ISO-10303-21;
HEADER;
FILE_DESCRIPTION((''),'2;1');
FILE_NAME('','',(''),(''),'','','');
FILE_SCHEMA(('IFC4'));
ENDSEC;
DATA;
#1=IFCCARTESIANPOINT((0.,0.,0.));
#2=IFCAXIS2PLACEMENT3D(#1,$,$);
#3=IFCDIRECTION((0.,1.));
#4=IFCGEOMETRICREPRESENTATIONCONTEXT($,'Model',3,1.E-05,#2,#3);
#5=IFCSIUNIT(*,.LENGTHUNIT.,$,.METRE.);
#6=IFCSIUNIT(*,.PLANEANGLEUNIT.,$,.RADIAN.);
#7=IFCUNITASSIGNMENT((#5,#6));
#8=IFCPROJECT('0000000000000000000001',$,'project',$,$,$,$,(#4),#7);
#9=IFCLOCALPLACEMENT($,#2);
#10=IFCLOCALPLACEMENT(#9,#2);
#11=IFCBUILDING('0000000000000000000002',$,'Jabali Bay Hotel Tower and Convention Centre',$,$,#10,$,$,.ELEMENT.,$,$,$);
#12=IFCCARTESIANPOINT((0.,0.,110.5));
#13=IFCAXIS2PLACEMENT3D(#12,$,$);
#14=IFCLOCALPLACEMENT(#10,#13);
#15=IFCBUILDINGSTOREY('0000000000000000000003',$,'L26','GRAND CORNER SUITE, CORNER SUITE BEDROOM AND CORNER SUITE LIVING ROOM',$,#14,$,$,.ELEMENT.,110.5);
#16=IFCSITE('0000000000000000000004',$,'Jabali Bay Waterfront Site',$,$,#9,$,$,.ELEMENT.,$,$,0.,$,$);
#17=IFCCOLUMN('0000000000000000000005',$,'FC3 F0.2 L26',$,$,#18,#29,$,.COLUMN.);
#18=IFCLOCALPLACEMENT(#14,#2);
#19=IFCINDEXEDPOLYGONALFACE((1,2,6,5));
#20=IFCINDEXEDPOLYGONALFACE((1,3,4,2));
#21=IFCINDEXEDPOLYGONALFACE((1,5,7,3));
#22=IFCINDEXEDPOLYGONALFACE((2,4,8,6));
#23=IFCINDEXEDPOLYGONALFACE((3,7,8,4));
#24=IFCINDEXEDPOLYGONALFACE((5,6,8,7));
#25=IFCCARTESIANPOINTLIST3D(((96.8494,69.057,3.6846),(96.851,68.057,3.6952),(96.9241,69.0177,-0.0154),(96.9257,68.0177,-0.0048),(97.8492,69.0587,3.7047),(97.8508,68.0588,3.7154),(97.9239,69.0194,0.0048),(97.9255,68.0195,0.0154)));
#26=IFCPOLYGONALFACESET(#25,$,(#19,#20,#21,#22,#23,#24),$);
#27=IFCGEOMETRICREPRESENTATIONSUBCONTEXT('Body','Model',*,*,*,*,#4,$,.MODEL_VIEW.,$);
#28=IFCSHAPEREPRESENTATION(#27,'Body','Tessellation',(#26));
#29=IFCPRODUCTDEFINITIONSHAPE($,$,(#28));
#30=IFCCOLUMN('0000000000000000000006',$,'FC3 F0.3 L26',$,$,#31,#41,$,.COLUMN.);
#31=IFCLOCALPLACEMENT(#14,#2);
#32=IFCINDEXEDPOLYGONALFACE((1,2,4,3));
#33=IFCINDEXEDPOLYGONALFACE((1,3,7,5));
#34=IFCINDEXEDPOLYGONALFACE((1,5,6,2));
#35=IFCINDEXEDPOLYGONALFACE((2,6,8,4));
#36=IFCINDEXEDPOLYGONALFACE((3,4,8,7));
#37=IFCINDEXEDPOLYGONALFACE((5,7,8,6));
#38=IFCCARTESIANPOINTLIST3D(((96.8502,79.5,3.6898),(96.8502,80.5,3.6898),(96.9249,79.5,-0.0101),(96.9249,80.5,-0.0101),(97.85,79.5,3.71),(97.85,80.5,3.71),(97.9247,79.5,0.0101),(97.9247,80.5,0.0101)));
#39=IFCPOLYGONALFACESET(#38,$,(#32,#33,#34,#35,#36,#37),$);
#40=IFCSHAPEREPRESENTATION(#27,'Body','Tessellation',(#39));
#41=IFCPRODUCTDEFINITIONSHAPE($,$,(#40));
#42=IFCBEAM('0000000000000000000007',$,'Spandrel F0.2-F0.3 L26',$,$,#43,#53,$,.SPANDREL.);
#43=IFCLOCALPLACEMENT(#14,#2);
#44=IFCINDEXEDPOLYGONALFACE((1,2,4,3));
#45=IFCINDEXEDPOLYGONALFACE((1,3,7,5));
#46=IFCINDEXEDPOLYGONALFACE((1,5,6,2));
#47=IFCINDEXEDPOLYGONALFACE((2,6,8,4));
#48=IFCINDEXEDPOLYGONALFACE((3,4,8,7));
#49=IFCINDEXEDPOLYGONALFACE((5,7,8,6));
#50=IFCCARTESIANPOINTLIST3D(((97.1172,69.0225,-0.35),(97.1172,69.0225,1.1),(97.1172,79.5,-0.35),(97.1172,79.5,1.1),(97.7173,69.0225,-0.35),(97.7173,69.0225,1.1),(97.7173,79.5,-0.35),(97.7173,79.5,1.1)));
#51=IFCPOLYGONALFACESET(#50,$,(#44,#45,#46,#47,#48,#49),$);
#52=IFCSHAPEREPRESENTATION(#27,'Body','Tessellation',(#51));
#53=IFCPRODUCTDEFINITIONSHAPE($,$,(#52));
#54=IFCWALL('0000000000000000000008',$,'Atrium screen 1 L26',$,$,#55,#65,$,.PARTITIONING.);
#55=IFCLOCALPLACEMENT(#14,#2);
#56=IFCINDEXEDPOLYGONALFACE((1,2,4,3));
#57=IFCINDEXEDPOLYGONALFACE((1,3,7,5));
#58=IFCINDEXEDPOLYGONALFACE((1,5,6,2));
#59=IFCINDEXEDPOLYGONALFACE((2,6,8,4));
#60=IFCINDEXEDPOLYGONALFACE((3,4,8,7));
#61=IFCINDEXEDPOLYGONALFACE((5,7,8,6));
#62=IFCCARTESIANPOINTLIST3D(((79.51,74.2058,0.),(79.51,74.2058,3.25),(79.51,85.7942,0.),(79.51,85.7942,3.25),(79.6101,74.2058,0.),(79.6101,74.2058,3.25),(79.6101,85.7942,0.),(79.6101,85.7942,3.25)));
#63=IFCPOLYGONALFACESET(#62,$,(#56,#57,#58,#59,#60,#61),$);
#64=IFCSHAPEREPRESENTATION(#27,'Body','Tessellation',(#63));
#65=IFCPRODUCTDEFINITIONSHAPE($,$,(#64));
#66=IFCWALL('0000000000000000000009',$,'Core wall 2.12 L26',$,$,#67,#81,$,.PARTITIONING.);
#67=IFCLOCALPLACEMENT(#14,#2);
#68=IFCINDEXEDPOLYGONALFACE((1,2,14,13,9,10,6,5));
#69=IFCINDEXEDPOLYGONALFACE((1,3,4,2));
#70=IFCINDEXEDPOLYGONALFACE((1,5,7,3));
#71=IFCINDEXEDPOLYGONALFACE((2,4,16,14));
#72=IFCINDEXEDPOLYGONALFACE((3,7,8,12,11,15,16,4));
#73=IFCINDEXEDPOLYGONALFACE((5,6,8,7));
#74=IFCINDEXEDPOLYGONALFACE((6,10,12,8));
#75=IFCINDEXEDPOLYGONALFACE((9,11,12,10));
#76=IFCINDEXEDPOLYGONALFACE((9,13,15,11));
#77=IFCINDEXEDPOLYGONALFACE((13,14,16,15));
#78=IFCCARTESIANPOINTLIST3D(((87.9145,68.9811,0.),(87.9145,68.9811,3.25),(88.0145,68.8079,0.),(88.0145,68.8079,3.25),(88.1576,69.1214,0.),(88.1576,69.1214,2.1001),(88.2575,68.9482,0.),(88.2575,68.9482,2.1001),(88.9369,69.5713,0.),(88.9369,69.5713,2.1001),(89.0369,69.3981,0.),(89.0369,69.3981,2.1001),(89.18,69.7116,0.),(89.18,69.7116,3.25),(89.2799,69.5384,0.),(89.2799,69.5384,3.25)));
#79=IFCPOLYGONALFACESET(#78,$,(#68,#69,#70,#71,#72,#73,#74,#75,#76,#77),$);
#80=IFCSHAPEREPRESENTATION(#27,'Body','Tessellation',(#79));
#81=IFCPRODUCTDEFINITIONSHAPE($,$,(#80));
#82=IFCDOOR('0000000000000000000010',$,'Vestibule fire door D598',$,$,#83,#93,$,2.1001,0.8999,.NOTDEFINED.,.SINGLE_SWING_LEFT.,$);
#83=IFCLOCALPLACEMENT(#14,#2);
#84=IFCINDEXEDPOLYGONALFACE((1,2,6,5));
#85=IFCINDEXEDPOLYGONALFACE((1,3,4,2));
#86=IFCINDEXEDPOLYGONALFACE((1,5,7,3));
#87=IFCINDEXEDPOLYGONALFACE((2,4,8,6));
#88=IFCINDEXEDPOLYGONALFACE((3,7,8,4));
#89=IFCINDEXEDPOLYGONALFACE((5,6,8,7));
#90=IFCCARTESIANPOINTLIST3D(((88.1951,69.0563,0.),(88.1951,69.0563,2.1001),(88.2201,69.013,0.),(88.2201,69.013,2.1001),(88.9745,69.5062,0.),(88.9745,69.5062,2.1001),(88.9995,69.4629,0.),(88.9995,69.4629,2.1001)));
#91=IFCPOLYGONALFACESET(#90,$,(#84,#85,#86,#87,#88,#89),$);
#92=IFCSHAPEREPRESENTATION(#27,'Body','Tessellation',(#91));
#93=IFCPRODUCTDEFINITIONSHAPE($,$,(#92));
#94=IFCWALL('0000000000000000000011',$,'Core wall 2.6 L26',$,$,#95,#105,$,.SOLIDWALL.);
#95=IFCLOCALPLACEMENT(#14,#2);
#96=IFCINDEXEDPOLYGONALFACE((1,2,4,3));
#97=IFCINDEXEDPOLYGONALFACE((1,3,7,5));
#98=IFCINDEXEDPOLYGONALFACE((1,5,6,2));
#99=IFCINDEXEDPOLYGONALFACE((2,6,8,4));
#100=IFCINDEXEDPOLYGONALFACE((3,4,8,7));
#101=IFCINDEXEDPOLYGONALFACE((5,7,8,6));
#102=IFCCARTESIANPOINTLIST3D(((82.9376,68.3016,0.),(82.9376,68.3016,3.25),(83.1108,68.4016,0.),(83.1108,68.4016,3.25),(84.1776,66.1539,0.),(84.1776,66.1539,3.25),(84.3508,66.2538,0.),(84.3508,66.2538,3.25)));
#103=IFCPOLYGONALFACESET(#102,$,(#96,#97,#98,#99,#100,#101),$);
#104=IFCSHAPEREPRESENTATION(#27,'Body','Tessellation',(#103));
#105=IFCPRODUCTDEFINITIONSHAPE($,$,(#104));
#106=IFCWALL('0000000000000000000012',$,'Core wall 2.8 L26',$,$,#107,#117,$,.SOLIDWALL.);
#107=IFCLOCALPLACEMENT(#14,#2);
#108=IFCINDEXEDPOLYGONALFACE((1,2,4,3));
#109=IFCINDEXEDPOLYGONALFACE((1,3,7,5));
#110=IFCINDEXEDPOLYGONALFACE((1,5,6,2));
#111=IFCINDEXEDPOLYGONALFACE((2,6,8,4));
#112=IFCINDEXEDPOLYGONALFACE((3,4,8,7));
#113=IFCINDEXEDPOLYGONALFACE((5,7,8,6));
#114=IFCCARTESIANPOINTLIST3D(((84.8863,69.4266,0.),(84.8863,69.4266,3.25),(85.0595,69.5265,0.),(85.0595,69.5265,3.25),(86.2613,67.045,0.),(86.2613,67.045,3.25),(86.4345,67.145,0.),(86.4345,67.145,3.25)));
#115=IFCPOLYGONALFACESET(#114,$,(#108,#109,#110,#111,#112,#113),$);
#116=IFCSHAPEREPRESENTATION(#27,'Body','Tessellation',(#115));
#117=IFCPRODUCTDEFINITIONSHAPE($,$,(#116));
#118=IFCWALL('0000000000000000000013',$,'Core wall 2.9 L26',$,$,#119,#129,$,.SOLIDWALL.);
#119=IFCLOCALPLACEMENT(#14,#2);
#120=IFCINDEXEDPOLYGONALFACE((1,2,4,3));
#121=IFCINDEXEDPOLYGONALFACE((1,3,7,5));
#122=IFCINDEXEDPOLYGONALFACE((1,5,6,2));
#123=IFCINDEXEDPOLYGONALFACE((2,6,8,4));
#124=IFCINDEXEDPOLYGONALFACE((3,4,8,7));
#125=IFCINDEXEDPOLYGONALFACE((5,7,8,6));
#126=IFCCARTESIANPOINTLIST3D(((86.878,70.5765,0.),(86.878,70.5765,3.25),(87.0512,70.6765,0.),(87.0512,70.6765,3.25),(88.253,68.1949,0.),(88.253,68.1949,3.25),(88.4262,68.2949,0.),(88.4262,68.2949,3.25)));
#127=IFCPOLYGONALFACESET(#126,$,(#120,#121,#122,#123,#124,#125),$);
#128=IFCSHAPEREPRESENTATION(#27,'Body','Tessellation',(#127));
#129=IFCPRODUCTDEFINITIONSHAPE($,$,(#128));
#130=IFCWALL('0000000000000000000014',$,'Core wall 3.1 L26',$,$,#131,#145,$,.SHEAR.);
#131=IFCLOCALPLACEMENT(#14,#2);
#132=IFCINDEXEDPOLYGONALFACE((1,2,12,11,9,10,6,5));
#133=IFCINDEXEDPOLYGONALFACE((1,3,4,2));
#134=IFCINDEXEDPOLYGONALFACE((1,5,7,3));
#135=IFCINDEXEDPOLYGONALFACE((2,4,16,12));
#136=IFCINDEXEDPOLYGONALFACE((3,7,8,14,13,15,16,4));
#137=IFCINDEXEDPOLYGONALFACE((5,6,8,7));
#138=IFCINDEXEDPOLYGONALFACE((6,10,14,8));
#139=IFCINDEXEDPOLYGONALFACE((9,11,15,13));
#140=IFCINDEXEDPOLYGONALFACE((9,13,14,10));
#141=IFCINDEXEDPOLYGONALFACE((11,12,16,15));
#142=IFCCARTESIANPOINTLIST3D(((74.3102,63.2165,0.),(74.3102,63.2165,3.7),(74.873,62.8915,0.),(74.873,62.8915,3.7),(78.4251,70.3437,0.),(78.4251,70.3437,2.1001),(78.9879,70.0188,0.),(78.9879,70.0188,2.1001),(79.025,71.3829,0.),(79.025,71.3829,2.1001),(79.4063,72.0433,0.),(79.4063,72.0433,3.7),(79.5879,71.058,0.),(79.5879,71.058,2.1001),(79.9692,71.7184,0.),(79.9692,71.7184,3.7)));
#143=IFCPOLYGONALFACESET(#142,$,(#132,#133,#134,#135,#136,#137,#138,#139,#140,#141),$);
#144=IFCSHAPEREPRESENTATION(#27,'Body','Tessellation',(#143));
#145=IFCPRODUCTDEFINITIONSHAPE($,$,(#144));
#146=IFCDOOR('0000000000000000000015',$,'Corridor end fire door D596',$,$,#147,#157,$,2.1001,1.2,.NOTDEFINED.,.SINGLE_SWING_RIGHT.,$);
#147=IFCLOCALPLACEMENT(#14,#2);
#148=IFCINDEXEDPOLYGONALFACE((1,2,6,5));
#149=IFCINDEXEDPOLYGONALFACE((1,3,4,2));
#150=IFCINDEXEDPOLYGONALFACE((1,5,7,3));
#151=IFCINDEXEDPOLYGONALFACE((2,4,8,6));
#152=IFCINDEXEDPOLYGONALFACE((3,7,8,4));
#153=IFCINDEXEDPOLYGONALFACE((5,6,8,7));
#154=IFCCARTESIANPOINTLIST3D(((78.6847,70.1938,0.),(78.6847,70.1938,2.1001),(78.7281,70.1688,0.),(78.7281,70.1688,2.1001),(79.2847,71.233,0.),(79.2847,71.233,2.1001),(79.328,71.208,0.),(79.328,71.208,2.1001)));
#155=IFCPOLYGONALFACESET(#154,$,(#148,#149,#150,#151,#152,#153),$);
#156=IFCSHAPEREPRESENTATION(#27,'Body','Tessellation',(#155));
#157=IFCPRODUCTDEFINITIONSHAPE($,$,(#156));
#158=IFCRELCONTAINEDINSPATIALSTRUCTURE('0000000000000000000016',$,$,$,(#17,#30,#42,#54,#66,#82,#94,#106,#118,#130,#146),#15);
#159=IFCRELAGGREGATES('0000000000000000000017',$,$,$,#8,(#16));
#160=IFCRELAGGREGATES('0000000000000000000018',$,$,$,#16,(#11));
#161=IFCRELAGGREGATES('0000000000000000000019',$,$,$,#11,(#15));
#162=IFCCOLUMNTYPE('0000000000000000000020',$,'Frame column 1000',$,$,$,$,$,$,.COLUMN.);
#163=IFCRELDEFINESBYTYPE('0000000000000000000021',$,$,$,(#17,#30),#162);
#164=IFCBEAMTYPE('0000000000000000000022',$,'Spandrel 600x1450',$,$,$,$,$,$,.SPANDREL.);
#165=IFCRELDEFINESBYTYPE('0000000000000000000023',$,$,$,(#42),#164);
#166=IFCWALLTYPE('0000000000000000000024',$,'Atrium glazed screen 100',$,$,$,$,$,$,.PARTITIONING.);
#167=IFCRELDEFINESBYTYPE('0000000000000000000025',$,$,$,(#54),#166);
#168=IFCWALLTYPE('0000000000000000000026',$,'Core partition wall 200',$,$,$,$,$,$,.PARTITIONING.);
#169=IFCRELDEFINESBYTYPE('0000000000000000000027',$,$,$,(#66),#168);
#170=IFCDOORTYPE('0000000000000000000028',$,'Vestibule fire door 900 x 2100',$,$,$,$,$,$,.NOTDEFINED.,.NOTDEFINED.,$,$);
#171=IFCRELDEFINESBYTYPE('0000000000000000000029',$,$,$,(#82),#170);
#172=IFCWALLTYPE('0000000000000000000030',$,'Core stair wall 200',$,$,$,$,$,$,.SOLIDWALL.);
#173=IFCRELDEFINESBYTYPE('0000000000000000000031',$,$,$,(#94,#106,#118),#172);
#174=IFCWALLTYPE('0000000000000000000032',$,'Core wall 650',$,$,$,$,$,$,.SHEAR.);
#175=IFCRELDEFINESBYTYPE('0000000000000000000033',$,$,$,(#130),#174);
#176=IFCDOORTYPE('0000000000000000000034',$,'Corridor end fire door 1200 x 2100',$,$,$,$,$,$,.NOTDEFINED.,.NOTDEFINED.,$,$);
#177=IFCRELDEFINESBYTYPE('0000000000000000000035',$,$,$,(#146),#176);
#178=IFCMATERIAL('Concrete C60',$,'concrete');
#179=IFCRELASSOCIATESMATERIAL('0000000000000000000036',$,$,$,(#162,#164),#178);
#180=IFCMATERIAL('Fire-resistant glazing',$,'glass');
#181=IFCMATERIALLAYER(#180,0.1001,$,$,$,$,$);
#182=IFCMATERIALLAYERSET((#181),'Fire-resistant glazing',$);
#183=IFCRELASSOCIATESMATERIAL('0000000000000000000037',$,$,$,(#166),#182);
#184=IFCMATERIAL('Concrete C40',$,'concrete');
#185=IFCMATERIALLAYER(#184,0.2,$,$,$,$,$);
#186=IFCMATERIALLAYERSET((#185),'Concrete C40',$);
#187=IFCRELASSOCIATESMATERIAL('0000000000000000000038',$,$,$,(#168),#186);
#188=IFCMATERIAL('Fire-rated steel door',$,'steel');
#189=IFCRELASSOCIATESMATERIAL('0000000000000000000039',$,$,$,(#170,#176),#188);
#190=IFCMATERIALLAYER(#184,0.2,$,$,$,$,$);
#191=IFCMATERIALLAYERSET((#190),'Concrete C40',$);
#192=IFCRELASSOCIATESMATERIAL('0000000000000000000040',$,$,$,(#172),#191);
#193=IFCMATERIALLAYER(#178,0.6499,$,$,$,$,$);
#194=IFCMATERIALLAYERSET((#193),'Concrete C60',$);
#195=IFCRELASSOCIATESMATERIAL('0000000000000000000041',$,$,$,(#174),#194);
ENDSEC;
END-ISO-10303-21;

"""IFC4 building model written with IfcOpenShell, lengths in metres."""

from ifc_helpers import new_model, si_unit, direction, frame, frame_2d, origin, origin_2d, place, context, subcontext, project, spatial, rectangle, extrude, material, layer, layer_set, material_profile, profile_set, type_object, element, fill, save


model = new_model("IFC4")

# Units and contexts
model_context = context("Model", 3, precision=1e-05, world=origin(), true_north=direction((0.0, 1.0)))
body_context = subcontext(model_context, "Body", "Model", "MODEL_VIEW")
ifc_project = project(units=[si_unit("LENGTHUNIT", "METRE"), si_unit("PLANEANGLEUNIT", "RADIAN")], contexts=[model_context])

# Site, building, storey
site_placement = place(None, origin())
site = spatial("IfcSite", under=ifc_project, at=site_placement, Name="Jabali Bay Waterfront Site", CompositionType="ELEMENT", RefElevation=0.0)
building_placement = place(site_placement, origin())
building = spatial("IfcBuilding", under=site, at=building_placement, Name="Jabali Bay Hotel Tower and Convention Centre", CompositionType="ELEMENT")
storey_placement = place(building_placement, frame((0.0, 0.0, 110.5)))
storey = spatial("IfcBuildingStorey", under=building, at=storey_placement, Name="L26", Description="GRAND CORNER SUITE, CORNER SUITE BEDROOM AND CORNER SUITE LIVING ROOM", CompositionType="ELEMENT", Elevation=110.5)

# Columns
ifc_material_1 = material(Name="Concrete C60", Category="concrete")
ifc_material_profile_1 = material_profile(ifc_material_1, rectangle(XDim=1.0, YDim=1.0, at=origin_2d()), Name="Frame column 1000")
ifc_profile_set_1 = profile_set([ifc_material_profile_1], Name="Concrete C60")
column_type = type_object("IfcColumnType", Name="Frame column 1000", PredefinedType="COLUMN", material=ifc_profile_set_1)
column_1_placement = place(storey_placement, frame((97.4248, 68.5186, 0.0), z_axis=(-0.020186, 0.010621, 0.99974), x_axis=(0.001533, -0.999942, 0.010654)))
element("IfcColumn", 1, at=column_1_placement, inside=storey, type_object=column_type, Name="FC3 F0.2 L26", PredefinedType="COLUMN", context=body_context, shape_type="SweptSolid", body=[
    extrude(rectangle(XDim=1.0, YDim=1.0, at=origin_2d()), origin(), (0.0, 0.0, 1.0), 3.7009),
])
column_2_placement = place(storey_placement, frame((97.4248, 80.0, 0.0), z_axis=(-0.020187, 0.0, 0.999796), x_axis=(0.0, -1.0, 0.0)))
element("IfcColumn", 2, at=column_2_placement, inside=storey, type_object=column_type, Name="FC3 F0.3 L26", PredefinedType="COLUMN", context=body_context, shape_type="SweptSolid", body=[
    extrude(rectangle(XDim=1.0, YDim=1.0, at=origin_2d()), origin(), (0.0, 0.0, 1.0), 3.7007),
])

# Beam
ifc_material_profile_2 = material_profile(ifc_material_1, rectangle(XDim=0.6001, YDim=1.45, at=origin_2d()), Name="Spandrel 600x1450")
ifc_profile_set_2 = profile_set([ifc_material_profile_2], Name="Concrete C60")
beam_type = type_object("IfcBeamType", Name="Spandrel 600x1450", PredefinedType="SPANDREL", material=ifc_profile_set_2)
beam_placement = place(storey_placement, frame((97.4172, 69.0225, 0.375), z_axis=(0.0, 1.0, 0.0), x_axis=(-1.0, 0.0, 0.0)))
element("IfcBeam", 3, at=beam_placement, inside=storey, type_object=beam_type, Name="Spandrel F0.2-F0.3 L26", PredefinedType="SPANDREL", context=body_context, shape_type="SweptSolid", body=[
    extrude(rectangle(XDim=0.6001, YDim=1.45, at=origin_2d()), origin(), (0.0, 0.0, 1.0), 10.4775),
])

# Wall
ifc_material_2 = material(Name="Fire-resistant glazing", Category="glass")
ifc_layer_1 = layer(ifc_material_2, 0.1001)
ifc_layer_set_1 = layer_set([ifc_layer_1], Name="Fire-resistant glazing")
wall_type_1 = type_object("IfcWallType", Name="Atrium glazed screen 100", PredefinedType="PARTITIONING", material=ifc_layer_set_1)
wall_1_placement = place(storey_placement, frame((79.5601, 74.2058, 0.0), z_axis=(0.0, 0.0, 1.0), x_axis=(0.0, 1.0, 0.0)))
element("IfcWall", 4, at=wall_1_placement, inside=storey, type_object=wall_type_1, Name="Atrium screen 1 L26", PredefinedType="PARTITIONING", context=body_context, shape_type="SweptSolid", body=[
    extrude(rectangle(XDim=11.5884, YDim=0.1001, at=frame_2d((5.7942, 0.0))), origin(), (0.0, 0.0, 1.0), 3.25),
])

# Wall, opening, door
ifc_material_3 = material(Name="Concrete C40", Category="concrete")
ifc_layer_2 = layer(ifc_material_3, 0.2)
ifc_layer_set_2 = layer_set([ifc_layer_2], Name="Concrete C40")
wall_type_2 = type_object("IfcWallType", Name="Core partition wall 200", PredefinedType="PARTITIONING", material=ifc_layer_set_2)
wall_2_placement = place(storey_placement, frame((87.9646, 68.8945, 0.0), z_axis=(0.0, 0.0, 1.0), x_axis=(0.866055, 0.499949, 0.0)))
wall_2 = element("IfcWall", 5, at=wall_2_placement, inside=storey, type_object=wall_type_2, Name="Core wall 2.12 L26", PredefinedType="PARTITIONING", context=body_context, shape_type="SweptSolid", body=[
    extrude(rectangle(XDim=1.4612, YDim=0.2, at=frame_2d((0.7305, 0.0))), origin(), (0.0, 0.0, 1.0), 3.25),
])
opening_1_placement = place(wall_2_placement, frame((0.2805, 0.0, 0.0)))
opening_1 = element("IfcOpeningElement", 6, at=opening_1_placement, cuts=wall_2, PredefinedType="OPENING", context=body_context, shape_type="SweptSolid", body=[
    extrude(rectangle(XDim=0.8999, YDim=2.1001, at=frame_2d((0.45, 1.05))), frame((0.0, 0.1104, 0.0), z_axis=(0.0, -1.0, 0.0), x_axis=(1.0, 0.0, 0.0)), (0.0, 0.0, 1.0), 0.2209),
])
ifc_material_4 = material(Name="Fire-rated steel door", Category="steel")
door_type_1 = type_object("IfcDoorType", Name="Vestibule fire door 900 x 2100", OperationType="NOTDEFINED", PredefinedType="NOTDEFINED", material=ifc_material_4)
door_1_placement = place(opening_1_placement, origin())
door_1 = element("IfcDoor", 7, at=door_1_placement, inside=storey, type_object=door_type_1, Name="Vestibule fire door D598", OperationType="SINGLE_SWING_LEFT", OverallHeight=2.1001, OverallWidth=0.8999, PredefinedType="NOTDEFINED", context=body_context, shape_type="SweptSolid", body=[
    extrude(rectangle(XDim=0.8999, YDim=2.1001, at=frame_2d((0.45, 1.05))), frame((0.0, 0.0249, 0.0), z_axis=(0.0, -1.0, 0.0), x_axis=(1.0, 0.0, 0.0)), (0.0, 0.0, 1.0), 0.05),
])
fill(opening_1, door_1)

# Walls
ifc_layer_3 = layer(ifc_material_3, 0.2)
ifc_layer_set_3 = layer_set([ifc_layer_3], Name="Concrete C40")
wall_type_3 = type_object("IfcWallType", Name="Core stair wall 200", PredefinedType="SOLIDWALL", material=ifc_layer_set_3)
wall_3_placement = place(storey_placement, frame((83.0242, 68.3516, 0.0), z_axis=(0.0, 0.0, 1.0), x_axis=(0.500004, -0.866023, 0.0)))
element("IfcWall", 8, at=wall_3_placement, inside=storey, type_object=wall_type_3, Name="Core wall 2.6 L26", PredefinedType="SOLIDWALL", context=body_context, shape_type="SweptSolid", body=[
    extrude(rectangle(XDim=2.48, YDim=0.2, at=frame_2d((1.24, 0.0))), origin(), (0.0, 0.0, 1.0), 3.25),
])
for number, where, z_axis, x_axis, name in (
    (9, (84.9729, 69.4766, 0.0), (0.0, 0.0, 1.0), (0.499997, -0.866027, 0.0), "Core wall 2.8 L26"),
    (10, (86.9646, 70.6265, 0.0), (0.0, 0.0, 1.0), (0.499997, -0.866027, 0.0), "Core wall 2.9 L26"),
):
    element("IfcWall", number, at=place(storey_placement, frame(where, z_axis=z_axis, x_axis=x_axis)), inside=storey, type_object=wall_type_3, Name=name, PredefinedType="SOLIDWALL", context=body_context, shape_type="SweptSolid", body=[
        extrude(rectangle(XDim=2.75, YDim=0.2, at=frame_2d((1.375, 0.0))), origin(), (0.0, 0.0, 1.0), 3.25),
    ])

# Wall, opening, door
ifc_layer_4 = layer(ifc_material_1, 0.6499)
ifc_layer_set_4 = layer_set([ifc_layer_4], Name="Concrete C60")
wall_type_4 = type_object("IfcWallType", Name="Core wall 650", PredefinedType="SHEAR", material=ifc_layer_set_4)
wall_4_placement = place(storey_placement, frame((79.6877, 71.8809, 0.0), z_axis=(0.0, 0.0, 1.0), x_axis=(-0.499998, -0.866026, 0.0)))
wall_4 = element("IfcWall", 11, at=wall_4_placement, inside=storey, type_object=wall_type_4, Name="Core wall 3.1 L26", PredefinedType="SHEAR", context=body_context, shape_type="SweptSolid", body=[
    extrude(rectangle(XDim=10.1924, YDim=0.6499, at=frame_2d((5.0962, 0.0))), origin(), (0.0, 0.0, 1.0), 3.7),
])
opening_2_placement = place(wall_4_placement, frame((0.7625, 0.0, 0.0)))
opening_2 = element("IfcOpeningElement", 12, at=opening_2_placement, cuts=wall_4, PredefinedType="OPENING", context=body_context, shape_type="SweptSolid", body=[
    extrude(rectangle(XDim=1.2, YDim=2.1001, at=frame_2d((0.6001, 1.05))), frame((0.0, 0.3354, 0.0), z_axis=(0.0, -1.0, 0.0), x_axis=(1.0, 0.0, 0.0)), (0.0, 0.0, 1.0), 0.6709),
])
door_type_2 = type_object("IfcDoorType", Name="Corridor end fire door 1200 x 2100", OperationType="NOTDEFINED", PredefinedType="NOTDEFINED", material=ifc_material_4)
door_2_placement = place(opening_2_placement, origin())
door_2 = element("IfcDoor", 13, at=door_2_placement, inside=storey, type_object=door_type_2, Name="Corridor end fire door D596", OperationType="SINGLE_SWING_RIGHT", OverallHeight=2.1001, OverallWidth=1.2, PredefinedType="NOTDEFINED", context=body_context, shape_type="SweptSolid", body=[
    extrude(rectangle(XDim=1.2, YDim=2.1001, at=frame_2d((0.6001, 1.05))), frame((0.0, 0.0249, 0.0), z_axis=(0.0, -1.0, 0.0), x_axis=(1.0, 0.0, 0.0)), (0.0, 0.0, 1.0), 0.05),
])
fill(opening_2, door_2)

save(model, "model.ifc")
